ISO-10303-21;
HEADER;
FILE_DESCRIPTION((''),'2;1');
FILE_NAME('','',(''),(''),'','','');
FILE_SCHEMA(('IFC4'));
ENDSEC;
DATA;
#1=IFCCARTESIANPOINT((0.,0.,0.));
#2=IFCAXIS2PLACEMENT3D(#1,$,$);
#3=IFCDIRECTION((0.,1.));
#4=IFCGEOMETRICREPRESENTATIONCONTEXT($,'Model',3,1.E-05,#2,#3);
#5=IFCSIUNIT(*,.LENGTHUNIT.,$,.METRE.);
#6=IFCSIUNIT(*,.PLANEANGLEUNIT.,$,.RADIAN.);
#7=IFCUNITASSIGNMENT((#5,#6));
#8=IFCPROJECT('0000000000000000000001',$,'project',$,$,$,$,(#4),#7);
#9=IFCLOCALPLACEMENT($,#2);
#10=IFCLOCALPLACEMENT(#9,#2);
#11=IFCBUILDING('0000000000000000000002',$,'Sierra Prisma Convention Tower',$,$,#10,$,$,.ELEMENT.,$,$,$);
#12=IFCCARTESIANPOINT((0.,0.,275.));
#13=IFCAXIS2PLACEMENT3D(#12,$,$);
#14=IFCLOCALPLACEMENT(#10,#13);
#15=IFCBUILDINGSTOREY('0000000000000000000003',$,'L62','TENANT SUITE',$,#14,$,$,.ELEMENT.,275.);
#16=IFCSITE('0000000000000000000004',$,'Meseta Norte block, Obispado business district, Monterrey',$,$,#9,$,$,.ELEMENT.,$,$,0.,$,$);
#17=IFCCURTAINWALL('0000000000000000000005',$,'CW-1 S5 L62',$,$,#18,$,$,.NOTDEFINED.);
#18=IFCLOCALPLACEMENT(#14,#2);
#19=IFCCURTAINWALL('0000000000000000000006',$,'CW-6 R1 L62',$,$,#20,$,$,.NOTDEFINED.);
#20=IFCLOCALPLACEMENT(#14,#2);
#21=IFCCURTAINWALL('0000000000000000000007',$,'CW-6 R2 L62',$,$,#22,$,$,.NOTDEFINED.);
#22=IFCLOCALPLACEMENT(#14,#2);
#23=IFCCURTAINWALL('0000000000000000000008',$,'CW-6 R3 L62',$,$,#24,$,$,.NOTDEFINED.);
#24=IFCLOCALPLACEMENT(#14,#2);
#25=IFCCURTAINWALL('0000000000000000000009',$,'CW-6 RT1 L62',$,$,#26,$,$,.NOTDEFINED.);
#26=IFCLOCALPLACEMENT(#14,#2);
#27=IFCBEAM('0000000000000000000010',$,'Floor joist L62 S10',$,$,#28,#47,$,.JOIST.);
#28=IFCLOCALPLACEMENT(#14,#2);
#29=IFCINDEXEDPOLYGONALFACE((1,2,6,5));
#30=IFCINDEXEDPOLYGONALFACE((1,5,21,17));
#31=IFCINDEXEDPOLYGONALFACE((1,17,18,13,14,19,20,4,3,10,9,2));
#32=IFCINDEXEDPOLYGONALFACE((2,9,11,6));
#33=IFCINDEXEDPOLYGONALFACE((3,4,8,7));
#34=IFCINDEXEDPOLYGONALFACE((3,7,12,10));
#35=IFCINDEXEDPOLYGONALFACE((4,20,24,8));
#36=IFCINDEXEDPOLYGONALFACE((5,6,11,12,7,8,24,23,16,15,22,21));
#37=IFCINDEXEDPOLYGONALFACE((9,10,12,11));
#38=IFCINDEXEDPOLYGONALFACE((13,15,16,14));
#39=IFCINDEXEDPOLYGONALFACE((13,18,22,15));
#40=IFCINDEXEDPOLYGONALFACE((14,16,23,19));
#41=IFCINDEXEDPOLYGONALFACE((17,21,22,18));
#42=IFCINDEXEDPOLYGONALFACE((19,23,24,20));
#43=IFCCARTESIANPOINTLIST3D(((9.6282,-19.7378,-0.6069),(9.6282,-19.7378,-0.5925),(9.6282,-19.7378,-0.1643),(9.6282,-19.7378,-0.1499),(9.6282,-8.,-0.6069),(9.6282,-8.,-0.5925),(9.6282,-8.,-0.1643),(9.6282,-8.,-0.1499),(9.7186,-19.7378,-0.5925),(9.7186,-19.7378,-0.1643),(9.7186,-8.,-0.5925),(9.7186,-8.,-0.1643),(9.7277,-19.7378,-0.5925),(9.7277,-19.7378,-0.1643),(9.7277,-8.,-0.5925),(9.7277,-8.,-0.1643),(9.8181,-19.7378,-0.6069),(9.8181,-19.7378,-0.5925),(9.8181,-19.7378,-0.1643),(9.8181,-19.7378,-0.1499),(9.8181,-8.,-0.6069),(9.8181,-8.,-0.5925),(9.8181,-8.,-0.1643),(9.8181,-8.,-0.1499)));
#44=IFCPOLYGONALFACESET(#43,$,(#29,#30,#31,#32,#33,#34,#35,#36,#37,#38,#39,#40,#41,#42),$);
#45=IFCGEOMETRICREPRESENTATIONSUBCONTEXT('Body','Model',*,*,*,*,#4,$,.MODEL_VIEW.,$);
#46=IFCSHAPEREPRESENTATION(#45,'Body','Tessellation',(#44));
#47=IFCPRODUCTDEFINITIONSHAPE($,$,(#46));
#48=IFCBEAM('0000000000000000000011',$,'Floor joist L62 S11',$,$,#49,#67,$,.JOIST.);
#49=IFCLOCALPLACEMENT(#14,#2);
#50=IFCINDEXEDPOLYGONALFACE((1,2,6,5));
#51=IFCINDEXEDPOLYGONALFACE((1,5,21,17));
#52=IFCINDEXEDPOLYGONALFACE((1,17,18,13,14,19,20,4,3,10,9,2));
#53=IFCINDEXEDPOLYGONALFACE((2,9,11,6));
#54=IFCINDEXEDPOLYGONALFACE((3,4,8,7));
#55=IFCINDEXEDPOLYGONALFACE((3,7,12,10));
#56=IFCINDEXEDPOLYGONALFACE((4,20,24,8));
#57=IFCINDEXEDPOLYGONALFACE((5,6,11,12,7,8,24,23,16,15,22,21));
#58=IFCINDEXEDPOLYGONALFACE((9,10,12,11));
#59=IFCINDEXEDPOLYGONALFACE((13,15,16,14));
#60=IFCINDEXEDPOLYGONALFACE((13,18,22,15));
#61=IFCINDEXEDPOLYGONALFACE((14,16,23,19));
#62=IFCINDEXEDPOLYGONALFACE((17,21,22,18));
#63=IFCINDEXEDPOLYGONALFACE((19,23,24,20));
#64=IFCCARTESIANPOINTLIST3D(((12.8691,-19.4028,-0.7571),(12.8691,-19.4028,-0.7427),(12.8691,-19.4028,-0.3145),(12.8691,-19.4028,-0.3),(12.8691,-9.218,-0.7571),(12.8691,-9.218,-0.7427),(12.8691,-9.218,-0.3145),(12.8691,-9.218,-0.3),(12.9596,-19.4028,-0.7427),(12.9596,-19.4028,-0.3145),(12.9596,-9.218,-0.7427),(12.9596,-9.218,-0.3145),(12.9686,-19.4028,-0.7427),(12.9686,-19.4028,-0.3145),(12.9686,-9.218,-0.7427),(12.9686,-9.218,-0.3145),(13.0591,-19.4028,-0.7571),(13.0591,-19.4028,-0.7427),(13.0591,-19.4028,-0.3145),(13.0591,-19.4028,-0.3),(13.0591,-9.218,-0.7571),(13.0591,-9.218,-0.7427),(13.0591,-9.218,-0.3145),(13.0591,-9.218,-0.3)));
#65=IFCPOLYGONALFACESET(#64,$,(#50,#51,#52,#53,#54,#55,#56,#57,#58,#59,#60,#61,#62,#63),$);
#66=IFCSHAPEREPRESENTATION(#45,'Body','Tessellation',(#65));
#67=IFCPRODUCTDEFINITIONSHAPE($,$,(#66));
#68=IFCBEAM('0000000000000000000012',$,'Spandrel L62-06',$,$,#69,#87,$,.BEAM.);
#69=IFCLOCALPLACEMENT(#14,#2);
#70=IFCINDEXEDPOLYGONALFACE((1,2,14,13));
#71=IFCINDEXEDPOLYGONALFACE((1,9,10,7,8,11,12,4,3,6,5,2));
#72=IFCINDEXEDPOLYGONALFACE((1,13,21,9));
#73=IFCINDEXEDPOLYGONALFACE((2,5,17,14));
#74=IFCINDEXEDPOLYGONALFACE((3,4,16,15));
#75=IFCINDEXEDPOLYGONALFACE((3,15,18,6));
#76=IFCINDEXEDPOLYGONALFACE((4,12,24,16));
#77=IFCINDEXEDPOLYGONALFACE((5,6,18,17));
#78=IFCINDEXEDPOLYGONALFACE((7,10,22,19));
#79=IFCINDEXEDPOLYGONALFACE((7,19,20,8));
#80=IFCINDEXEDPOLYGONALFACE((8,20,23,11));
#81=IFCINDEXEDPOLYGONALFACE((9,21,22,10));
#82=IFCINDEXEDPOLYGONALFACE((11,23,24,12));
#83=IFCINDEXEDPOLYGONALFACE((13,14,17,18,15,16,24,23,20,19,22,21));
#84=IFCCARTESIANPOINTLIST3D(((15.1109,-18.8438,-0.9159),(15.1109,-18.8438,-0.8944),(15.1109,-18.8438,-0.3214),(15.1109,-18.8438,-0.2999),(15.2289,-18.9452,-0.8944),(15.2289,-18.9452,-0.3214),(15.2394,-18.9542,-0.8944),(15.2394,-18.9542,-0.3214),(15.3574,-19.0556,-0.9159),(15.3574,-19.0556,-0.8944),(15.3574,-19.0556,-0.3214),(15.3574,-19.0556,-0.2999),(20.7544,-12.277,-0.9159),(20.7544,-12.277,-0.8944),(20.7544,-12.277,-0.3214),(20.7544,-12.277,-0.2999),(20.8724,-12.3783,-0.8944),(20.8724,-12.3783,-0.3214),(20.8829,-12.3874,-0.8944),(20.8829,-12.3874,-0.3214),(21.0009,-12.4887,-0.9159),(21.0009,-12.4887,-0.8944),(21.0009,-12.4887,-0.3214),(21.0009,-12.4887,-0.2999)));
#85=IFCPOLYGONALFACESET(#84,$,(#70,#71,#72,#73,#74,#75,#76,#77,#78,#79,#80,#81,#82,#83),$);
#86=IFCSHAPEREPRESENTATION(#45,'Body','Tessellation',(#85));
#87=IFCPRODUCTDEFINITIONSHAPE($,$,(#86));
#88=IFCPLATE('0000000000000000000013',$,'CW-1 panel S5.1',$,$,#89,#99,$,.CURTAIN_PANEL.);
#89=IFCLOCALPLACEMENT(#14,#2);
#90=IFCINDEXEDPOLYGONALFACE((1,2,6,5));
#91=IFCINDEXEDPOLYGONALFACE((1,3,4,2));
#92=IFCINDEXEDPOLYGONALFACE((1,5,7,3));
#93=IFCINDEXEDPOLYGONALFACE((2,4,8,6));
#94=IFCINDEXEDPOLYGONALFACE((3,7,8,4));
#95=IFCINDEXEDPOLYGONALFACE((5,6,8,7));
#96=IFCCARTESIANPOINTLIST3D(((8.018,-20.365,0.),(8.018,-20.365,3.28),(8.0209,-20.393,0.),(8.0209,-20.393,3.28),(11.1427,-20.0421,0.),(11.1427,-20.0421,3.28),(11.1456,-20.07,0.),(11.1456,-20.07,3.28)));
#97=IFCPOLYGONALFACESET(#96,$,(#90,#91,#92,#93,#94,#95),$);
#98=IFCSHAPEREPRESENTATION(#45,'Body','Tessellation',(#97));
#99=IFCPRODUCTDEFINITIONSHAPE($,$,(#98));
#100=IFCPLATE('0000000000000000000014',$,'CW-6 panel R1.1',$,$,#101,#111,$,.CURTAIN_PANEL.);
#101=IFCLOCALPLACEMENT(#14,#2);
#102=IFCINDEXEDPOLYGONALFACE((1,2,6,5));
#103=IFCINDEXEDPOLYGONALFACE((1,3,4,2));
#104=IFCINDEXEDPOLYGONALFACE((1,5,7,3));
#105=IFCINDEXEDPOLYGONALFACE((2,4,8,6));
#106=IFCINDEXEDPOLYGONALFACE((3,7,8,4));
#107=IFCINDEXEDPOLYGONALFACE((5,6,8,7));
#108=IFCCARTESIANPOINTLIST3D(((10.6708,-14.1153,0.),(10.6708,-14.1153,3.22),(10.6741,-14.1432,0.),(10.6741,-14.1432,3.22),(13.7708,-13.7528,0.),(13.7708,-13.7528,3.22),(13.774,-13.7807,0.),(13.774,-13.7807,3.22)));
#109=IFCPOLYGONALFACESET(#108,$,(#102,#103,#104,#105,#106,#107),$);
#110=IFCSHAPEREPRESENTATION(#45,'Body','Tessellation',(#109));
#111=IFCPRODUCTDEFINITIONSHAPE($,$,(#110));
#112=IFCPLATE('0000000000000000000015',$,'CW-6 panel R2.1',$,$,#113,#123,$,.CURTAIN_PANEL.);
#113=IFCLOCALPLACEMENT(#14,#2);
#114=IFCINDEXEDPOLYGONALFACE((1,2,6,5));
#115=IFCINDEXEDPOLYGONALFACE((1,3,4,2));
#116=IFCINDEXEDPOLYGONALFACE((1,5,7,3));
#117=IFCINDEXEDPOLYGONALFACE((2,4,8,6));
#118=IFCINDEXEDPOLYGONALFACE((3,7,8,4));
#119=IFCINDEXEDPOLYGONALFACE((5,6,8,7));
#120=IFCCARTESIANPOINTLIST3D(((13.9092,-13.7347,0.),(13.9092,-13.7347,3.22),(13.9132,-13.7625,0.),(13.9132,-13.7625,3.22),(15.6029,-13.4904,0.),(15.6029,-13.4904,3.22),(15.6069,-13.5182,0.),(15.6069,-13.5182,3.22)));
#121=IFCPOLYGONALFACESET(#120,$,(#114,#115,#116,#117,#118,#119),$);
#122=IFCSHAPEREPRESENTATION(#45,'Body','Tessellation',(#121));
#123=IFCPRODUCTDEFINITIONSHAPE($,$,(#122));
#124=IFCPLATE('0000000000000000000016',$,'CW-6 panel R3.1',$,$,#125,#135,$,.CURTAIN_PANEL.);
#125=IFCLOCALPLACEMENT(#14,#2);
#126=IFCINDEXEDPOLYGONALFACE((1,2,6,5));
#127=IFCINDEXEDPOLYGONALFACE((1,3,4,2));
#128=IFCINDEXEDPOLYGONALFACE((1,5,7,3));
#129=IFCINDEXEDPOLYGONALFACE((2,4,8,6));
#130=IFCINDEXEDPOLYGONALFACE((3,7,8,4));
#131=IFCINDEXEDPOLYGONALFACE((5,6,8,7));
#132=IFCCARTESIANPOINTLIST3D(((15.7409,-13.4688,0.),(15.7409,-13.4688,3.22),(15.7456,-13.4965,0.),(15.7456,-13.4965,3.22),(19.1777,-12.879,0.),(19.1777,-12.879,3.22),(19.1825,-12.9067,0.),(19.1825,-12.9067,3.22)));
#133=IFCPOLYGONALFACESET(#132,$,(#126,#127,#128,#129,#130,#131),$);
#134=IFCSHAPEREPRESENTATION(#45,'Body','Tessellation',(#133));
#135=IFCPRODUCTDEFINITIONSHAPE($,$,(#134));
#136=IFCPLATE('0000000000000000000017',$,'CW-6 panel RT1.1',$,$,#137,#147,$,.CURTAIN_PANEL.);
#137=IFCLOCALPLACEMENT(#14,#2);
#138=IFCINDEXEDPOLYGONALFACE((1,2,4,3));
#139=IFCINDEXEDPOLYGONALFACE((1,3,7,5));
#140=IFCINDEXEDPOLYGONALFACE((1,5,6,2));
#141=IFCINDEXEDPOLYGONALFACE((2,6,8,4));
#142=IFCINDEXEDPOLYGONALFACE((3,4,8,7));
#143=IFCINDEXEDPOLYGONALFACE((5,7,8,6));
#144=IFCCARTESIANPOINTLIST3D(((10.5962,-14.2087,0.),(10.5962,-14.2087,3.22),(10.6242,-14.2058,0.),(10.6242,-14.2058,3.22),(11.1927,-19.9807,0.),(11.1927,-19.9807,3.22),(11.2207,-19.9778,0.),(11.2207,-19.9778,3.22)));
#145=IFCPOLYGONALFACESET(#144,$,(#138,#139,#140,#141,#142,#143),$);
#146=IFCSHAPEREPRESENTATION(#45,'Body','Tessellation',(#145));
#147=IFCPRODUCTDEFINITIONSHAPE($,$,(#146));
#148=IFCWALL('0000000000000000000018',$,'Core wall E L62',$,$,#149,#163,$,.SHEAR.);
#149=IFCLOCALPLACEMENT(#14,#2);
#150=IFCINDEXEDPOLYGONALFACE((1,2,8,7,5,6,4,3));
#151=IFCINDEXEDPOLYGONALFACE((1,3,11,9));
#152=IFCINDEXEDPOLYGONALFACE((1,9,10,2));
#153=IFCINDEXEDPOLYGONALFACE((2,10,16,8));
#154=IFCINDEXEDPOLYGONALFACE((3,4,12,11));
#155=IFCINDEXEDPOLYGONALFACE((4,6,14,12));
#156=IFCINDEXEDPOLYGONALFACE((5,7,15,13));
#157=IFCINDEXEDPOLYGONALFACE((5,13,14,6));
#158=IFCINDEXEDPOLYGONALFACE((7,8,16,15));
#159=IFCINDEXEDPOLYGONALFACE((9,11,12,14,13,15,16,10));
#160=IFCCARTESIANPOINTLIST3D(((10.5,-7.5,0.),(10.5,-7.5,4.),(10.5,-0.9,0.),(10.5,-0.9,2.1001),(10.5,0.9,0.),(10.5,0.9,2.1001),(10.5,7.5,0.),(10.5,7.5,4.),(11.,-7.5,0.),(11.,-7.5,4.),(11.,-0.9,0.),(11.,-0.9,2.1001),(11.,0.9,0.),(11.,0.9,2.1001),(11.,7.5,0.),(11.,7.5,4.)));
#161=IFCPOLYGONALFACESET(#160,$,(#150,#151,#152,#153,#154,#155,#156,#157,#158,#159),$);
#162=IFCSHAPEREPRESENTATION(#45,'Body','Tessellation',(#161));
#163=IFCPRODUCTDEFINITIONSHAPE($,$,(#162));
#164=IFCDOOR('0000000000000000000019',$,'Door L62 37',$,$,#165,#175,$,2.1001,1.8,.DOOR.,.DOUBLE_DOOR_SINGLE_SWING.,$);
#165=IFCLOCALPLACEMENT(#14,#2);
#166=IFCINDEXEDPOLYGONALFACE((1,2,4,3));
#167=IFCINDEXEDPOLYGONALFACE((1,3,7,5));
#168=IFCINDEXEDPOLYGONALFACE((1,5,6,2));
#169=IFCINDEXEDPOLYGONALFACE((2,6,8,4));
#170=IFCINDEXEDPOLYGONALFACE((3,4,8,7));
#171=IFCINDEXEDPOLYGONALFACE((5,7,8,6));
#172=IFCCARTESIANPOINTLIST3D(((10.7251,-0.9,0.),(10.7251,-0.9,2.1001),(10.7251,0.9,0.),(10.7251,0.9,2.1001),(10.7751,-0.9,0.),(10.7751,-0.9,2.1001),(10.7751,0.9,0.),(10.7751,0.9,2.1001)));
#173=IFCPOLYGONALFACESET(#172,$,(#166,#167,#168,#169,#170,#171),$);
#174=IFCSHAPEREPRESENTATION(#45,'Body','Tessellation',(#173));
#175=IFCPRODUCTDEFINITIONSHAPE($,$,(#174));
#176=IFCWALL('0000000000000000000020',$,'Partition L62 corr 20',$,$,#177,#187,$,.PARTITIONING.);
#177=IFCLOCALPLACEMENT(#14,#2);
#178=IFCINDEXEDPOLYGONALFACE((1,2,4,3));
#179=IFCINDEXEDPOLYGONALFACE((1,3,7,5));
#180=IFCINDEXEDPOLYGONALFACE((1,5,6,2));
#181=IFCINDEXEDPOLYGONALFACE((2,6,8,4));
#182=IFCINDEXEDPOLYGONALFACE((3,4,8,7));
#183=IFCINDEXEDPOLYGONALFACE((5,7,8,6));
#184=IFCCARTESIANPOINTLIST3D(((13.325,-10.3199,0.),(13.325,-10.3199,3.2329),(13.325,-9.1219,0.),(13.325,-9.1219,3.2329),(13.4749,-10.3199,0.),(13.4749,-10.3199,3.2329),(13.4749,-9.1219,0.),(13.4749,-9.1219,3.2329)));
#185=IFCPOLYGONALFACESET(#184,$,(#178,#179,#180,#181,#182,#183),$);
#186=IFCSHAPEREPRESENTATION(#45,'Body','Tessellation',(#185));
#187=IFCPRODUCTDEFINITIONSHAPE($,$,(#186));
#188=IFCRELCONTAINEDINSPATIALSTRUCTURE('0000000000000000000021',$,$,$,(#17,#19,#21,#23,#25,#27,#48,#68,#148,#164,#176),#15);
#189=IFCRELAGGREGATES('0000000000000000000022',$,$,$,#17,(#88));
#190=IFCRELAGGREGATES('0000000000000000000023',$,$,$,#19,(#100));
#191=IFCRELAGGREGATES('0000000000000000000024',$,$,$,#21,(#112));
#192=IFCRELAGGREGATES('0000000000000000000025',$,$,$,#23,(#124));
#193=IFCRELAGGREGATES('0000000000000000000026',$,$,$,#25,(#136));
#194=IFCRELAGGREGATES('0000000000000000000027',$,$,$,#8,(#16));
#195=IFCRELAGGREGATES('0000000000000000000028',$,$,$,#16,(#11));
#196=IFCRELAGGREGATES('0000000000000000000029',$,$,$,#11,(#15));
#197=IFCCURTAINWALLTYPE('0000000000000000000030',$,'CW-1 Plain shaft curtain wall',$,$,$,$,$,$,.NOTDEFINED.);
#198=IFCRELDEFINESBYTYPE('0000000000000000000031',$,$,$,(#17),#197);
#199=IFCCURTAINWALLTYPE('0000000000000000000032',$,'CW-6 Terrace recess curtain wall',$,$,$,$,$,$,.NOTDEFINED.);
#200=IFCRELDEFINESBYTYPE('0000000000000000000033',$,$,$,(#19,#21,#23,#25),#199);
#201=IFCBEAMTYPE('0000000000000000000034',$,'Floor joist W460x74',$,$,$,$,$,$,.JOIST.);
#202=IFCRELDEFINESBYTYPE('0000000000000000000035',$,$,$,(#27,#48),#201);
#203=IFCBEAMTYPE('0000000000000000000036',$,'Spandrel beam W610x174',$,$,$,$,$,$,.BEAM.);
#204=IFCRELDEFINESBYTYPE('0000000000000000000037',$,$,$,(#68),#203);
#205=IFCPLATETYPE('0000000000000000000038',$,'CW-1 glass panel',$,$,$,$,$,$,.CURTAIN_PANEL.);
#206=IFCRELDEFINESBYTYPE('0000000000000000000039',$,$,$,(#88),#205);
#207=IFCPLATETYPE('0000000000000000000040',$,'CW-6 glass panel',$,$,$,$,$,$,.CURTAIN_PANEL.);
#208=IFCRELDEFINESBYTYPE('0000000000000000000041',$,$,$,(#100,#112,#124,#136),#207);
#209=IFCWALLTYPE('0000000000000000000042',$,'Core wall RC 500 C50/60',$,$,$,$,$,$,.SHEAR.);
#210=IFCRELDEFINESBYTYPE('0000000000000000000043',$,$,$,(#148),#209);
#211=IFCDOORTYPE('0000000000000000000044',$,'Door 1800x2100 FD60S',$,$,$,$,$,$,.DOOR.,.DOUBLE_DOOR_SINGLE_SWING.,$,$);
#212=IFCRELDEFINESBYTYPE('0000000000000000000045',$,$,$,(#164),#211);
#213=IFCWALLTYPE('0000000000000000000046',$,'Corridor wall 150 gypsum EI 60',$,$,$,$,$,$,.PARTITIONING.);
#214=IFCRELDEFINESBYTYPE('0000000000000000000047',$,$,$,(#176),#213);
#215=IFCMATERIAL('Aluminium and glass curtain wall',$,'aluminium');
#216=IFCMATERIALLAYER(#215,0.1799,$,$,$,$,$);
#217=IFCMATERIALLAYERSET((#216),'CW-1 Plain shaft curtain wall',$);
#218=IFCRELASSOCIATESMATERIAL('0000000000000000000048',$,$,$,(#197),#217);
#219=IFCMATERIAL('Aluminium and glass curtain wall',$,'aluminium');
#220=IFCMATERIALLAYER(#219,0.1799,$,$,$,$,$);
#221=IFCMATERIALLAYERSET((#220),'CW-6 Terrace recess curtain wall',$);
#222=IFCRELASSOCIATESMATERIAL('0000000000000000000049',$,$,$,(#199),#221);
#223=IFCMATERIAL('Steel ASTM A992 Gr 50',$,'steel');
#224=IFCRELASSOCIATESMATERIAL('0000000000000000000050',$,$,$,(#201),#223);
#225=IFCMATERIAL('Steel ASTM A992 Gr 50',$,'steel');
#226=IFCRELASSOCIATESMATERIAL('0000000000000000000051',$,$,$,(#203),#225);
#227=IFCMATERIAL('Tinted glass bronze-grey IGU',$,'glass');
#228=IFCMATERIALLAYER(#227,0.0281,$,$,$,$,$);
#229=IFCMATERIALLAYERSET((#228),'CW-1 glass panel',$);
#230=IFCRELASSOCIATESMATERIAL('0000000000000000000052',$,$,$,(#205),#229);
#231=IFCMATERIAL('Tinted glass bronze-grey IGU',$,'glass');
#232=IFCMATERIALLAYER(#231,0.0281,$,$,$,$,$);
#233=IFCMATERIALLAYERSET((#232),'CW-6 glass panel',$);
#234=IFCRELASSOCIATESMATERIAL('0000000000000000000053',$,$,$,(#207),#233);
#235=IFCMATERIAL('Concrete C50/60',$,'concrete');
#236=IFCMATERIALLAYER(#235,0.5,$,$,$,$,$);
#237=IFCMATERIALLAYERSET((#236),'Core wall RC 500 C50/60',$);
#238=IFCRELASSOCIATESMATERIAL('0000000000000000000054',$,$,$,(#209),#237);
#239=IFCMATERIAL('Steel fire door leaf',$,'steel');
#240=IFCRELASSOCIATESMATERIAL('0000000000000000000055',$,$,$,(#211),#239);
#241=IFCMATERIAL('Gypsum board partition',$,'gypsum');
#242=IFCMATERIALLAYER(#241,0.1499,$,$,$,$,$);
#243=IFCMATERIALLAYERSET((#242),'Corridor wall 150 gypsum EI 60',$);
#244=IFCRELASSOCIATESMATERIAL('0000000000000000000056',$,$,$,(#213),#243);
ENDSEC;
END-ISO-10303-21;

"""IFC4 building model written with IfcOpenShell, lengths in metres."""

from ifc_helpers import new_model, si_unit, direction, frame, frame_2d, origin, origin_2d, place, context, subcontext, project, spatial, rectangle, i_section, extrude, material, layer, layer_set, material_profile, profile_set, type_object, element, fill, aggregate, save


model = new_model("IFC4")

# Units and contexts
model_context = context("Model", 3, precision=1e-05, world=origin(), true_north=direction((0.0, 1.0)))
body_context = subcontext(model_context, "Body", "Model", "MODEL_VIEW")
ifc_project = project(units=[si_unit("LENGTHUNIT", "METRE"), si_unit("PLANEANGLEUNIT", "RADIAN")], contexts=[model_context])

# Site, building, storey
site_placement = place(None, origin())
site = spatial("IfcSite", under=ifc_project, at=site_placement, Name="Meseta Norte block, Obispado business district, Monterrey", CompositionType="ELEMENT", RefElevation=0.0)
building_placement = place(site_placement, origin())
building = spatial("IfcBuilding", under=site, at=building_placement, Name="Sierra Prisma Convention Tower", CompositionType="ELEMENT")
storey_placement = place(building_placement, frame((0.0, 0.0, 275.0)))
storey = spatial("IfcBuildingStorey", under=building, at=storey_placement, Name="L62", Description="TENANT SUITE", CompositionType="ELEMENT", Elevation=275.0)

# Curtain walls
ifc_material_1 = material(Name="Aluminium and glass curtain wall", Category="aluminium")
ifc_layer_1 = layer(ifc_material_1, 0.1799)
ifc_layer_set_1 = layer_set([ifc_layer_1], Name="CW-1 Plain shaft curtain wall")
curtain_wall_type_1 = type_object("IfcCurtainWallType", Name="CW-1 Plain shaft curtain wall", PredefinedType="NOTDEFINED", material=ifc_layer_set_1)
curtain_wall_1_placement = place(storey_placement, origin())
curtain_wall_1 = element("IfcCurtainWall", 1, at=curtain_wall_1_placement, inside=storey, type_object=curtain_wall_type_1, Name="CW-1 S5 L62", PredefinedType="NOTDEFINED")
ifc_material_2 = material(Name="Aluminium and glass curtain wall", Category="aluminium")
ifc_layer_2 = layer(ifc_material_2, 0.1799)
ifc_layer_set_2 = layer_set([ifc_layer_2], Name="CW-6 Terrace recess curtain wall")
curtain_wall_type_2 = type_object("IfcCurtainWallType", Name="CW-6 Terrace recess curtain wall", PredefinedType="NOTDEFINED", material=ifc_layer_set_2)
curtain_wall_2_placement = place(storey_placement, origin())
curtain_wall_2 = element("IfcCurtainWall", 2, at=curtain_wall_2_placement, inside=storey, type_object=curtain_wall_type_2, Name="CW-6 R1 L62", PredefinedType="NOTDEFINED")
curtain_wall_3_placement = place(storey_placement, origin())
curtain_wall_3 = element("IfcCurtainWall", 3, at=curtain_wall_3_placement, inside=storey, type_object=curtain_wall_type_2, Name="CW-6 R2 L62", PredefinedType="NOTDEFINED")
curtain_wall_4_placement = place(storey_placement, origin())
curtain_wall_4 = element("IfcCurtainWall", 4, at=curtain_wall_4_placement, inside=storey, type_object=curtain_wall_type_2, Name="CW-6 R3 L62", PredefinedType="NOTDEFINED")

# Curtain wall
curtain_wall_5_placement = place(storey_placement, origin())
curtain_wall_5 = element("IfcCurtainWall", 5, at=curtain_wall_5_placement, inside=storey, type_object=curtain_wall_type_2, Name="CW-6 RT1 L62", PredefinedType="NOTDEFINED")

# Beams
ifc_material_3 = material(Name="Steel ASTM A992 Gr 50", Category="steel")
ifc_material_profile_1 = material_profile(ifc_material_3, i_section(OverallWidth=0.1899, OverallDepth=0.457, WebThickness=0.009, FlangeThickness=0.0144, at=origin_2d()), Name="W460x74")
ifc_profile_set_1 = profile_set([ifc_material_profile_1], Name="Steel ASTM A992 Gr 50")
beam_type_1 = type_object("IfcBeamType", Name="Floor joist W460x74", PredefinedType="JOIST", material=ifc_profile_set_1)
beam_1_placement = place(storey_placement, frame((9.7231, -19.7378, -0.3784), z_axis=(0.0, 1.0, 0.0), x_axis=(-1.0, 0.0, 0.0)))
element("IfcBeam", 6, at=beam_1_placement, inside=storey, type_object=beam_type_1, Name="Floor joist L62 S10", PredefinedType="JOIST", context=body_context, shape_type="SweptSolid", body=[
    extrude(i_section(OverallWidth=0.1899, OverallDepth=0.457, WebThickness=0.009, FlangeThickness=0.0144, at=origin_2d()), origin(), (0.0, 0.0, 1.0), 11.7378),
])
beam_2_placement = place(storey_placement, frame((12.9641, -19.4028, -0.5286), z_axis=(0.0, 1.0, 0.0), x_axis=(-1.0, 0.0, 0.0)))
element("IfcBeam", 7, at=beam_2_placement, inside=storey, type_object=beam_type_1, Name="Floor joist L62 S11", PredefinedType="JOIST", context=body_context, shape_type="SweptSolid", body=[
    extrude(i_section(OverallWidth=0.1899, OverallDepth=0.457, WebThickness=0.009, FlangeThickness=0.0144, at=origin_2d()), origin(), (0.0, 0.0, 1.0), 10.1848),
])
ifc_material_4 = material(Name="Steel ASTM A992 Gr 50", Category="steel")
ifc_material_profile_2 = material_profile(ifc_material_4, i_section(OverallWidth=0.325, OverallDepth=0.616, WebThickness=0.0139, FlangeThickness=0.0215, at=origin_2d()), Name="W610x174")
ifc_profile_set_2 = profile_set([ifc_material_profile_2], Name="Steel ASTM A992 Gr 50")
beam_type_2 = type_object("IfcBeamType", Name="Spandrel beam W610x174", PredefinedType="BEAM", material=ifc_profile_set_2)
beam_3_placement = place(storey_placement, frame((15.2341, -18.9497, -0.6079), z_axis=(0.651775, 0.758412, 0.0), x_axis=(-0.758412, 0.651775, 0.0)))
element("IfcBeam", 8, at=beam_3_placement, inside=storey, type_object=beam_type_2, Name="Spandrel L62-06", PredefinedType="BEAM", context=body_context, shape_type="SweptSolid", body=[
    extrude(i_section(OverallWidth=0.325, OverallDepth=0.616, WebThickness=0.0139, FlangeThickness=0.0215, at=origin_2d()), origin(), (0.0, 0.0, 1.0), 8.6587),
])

# Plates
ifc_material_5 = material(Name="Tinted glass bronze-grey IGU", Category="glass")
ifc_layer_3 = layer(ifc_material_5, 0.0281)
ifc_layer_set_3 = layer_set([ifc_layer_3], Name="CW-1 glass panel")
plate_type_1 = type_object("IfcPlateType", Name="CW-1 glass panel", PredefinedType="CURTAIN_PANEL", material=ifc_layer_set_3)
plate_1_placement = place(storey_placement, frame((9.5818, -20.2175, 0.0), z_axis=(0.0, 0.0, 1.0), x_axis=(0.994702, 0.102799, 0.0)))
plate_1 = element("IfcPlate", 9, at=plate_1_placement, type_object=plate_type_1, Name="CW-1 panel S5.1", PredefinedType="CURTAIN_PANEL", context=body_context, shape_type="SweptSolid", body=[
    extrude(rectangle(XDim=3.1414, YDim=0.0281, at=origin_2d()), origin(), (0.0, 0.0, 1.0), 3.28),
])
aggregate(curtain_wall_1, [plate_1])
ifc_material_6 = material(Name="Tinted glass bronze-grey IGU", Category="glass")
ifc_layer_4 = layer(ifc_material_6, 0.0281)
ifc_layer_set_4 = layer_set([ifc_layer_4], Name="CW-6 glass panel")
plate_type_2 = type_object("IfcPlateType", Name="CW-6 glass panel", PredefinedType="CURTAIN_PANEL", material=ifc_layer_set_4)
plate_2_placement = place(storey_placement, frame((12.2224, -13.948, 0.0), z_axis=(0.0, 0.0, 1.0), x_axis=(0.993232, 0.11615, 0.0)))
plate_2 = element("IfcPlate", 10, at=plate_2_placement, type_object=plate_type_2, Name="CW-6 panel R1.1", PredefinedType="CURTAIN_PANEL", context=body_context, shape_type="SweptSolid", body=[
    extrude(rectangle(XDim=3.1211, YDim=0.0281, at=origin_2d()), origin(), (0.0, 0.0, 1.0), 3.22),
])
aggregate(curtain_wall_2, [plate_2])
plate_3_placement = place(storey_placement, frame((14.7581, -13.6265, 0.0), z_axis=(0.0, 0.0, 1.0), x_axis=(0.989753, 0.142788, 0.0)))
plate_3 = element("IfcPlate", 11, at=plate_3_placement, type_object=plate_type_2, Name="CW-6 panel R2.1", PredefinedType="CURTAIN_PANEL", context=body_context, shape_type="SweptSolid", body=[
    extrude(rectangle(XDim=1.7112, YDim=0.0281, at=origin_2d()), origin(), (0.0, 0.0, 1.0), 3.22),
])
aggregate(curtain_wall_3, [plate_3])
plate_4_placement = place(storey_placement, frame((17.4617, -13.1877, 0.0), z_axis=(0.0, 0.0, 1.0), x_axis=(0.985592, 0.16914, 0.0)))
plate_4 = element("IfcPlate", 12, at=plate_4_placement, type_object=plate_type_2, Name="CW-6 panel R3.1", PredefinedType="CURTAIN_PANEL", context=body_context, shape_type="SweptSolid", body=[
    extrude(rectangle(XDim=3.4871, YDim=0.0281, at=origin_2d()), origin(), (0.0, 0.0, 1.0), 3.22),
])
aggregate(curtain_wall_4, [plate_4])
plate_5_placement = place(storey_placement, frame((10.9084, -17.0933, 0.0), z_axis=(0.0, 0.0, 1.0), x_axis=(-0.102799, 0.994702, 0.0)))
plate_5 = element("IfcPlate", 13, at=plate_5_placement, type_object=plate_type_2, Name="CW-6 panel RT1.1", PredefinedType="CURTAIN_PANEL", context=body_context, shape_type="SweptSolid", body=[
    extrude(rectangle(XDim=5.8027, YDim=0.0281, at=origin_2d()), origin(), (0.0, 0.0, 1.0), 3.22),
])
aggregate(curtain_wall_5, [plate_5])

# Wall, opening, door
ifc_material_7 = material(Name="Concrete C50/60", Category="concrete")
ifc_layer_5 = layer(ifc_material_7, 0.5)
ifc_layer_set_5 = layer_set([ifc_layer_5], Name="Core wall RC 500 C50/60")
wall_type_1 = type_object("IfcWallType", Name="Core wall RC 500 C50/60", PredefinedType="SHEAR", material=ifc_layer_set_5)
wall_1_placement = place(storey_placement, frame((10.75, -7.5, 0.0), z_axis=(0.0, 0.0, 1.0), x_axis=(0.0, 1.0, 0.0)))
wall_1 = element("IfcWall", 14, at=wall_1_placement, inside=storey, type_object=wall_type_1, Name="Core wall E L62", PredefinedType="SHEAR", context=body_context, shape_type="SweptSolid", body=[
    extrude(rectangle(XDim=15.0, YDim=0.5, at=frame_2d((7.5, 0.0))), origin(), (0.0, 0.0, 1.0), 4.0),
])
opening_1_placement = place(wall_1_placement, frame((6.6001, 0.0, 0.0)))
opening_1 = element("IfcOpeningElement", 15, at=opening_1_placement, cuts=wall_1, PredefinedType="OPENING", context=body_context, shape_type="SweptSolid", body=[
    extrude(rectangle(XDim=1.8, YDim=2.1001, at=frame_2d((0.8999, 1.05))), frame((0.0, 0.25, 0.0), z_axis=(0.0, -1.0, 0.0), x_axis=(1.0, 0.0, 0.0)), (0.0, 0.0, 1.0), 0.5),
])
ifc_material_8 = material(Name="Steel fire door leaf", Category="steel")
door_type_1 = type_object("IfcDoorType", Name="Door 1800x2100 FD60S", OperationType="DOUBLE_DOOR_SINGLE_SWING", PredefinedType="DOOR", material=ifc_material_8)
door_1_placement = place(opening_1_placement, origin())
door_1 = element("IfcDoor", 16, at=door_1_placement, inside=storey, type_object=door_type_1, Name="Door L62 37", OperationType="DOUBLE_DOOR_SINGLE_SWING", OverallHeight=2.1001, OverallWidth=1.8, PredefinedType="DOOR", context=body_context, shape_type="SweptSolid", body=[
    extrude(rectangle(XDim=1.8, YDim=2.1001, at=frame_2d((0.8999, 1.05))), frame((0.0, 0.0249, 0.0), z_axis=(0.0, -1.0, 0.0), x_axis=(1.0, 0.0, 0.0)), (0.0, 0.0, 1.0), 0.05),
])
fill(opening_1, door_1)

# Wall
ifc_material_9 = material(Name="Gypsum board partition", Category="gypsum")
ifc_layer_6 = layer(ifc_material_9, 0.1499)
ifc_layer_set_6 = layer_set([ifc_layer_6], Name="Corridor wall 150 gypsum EI 60")
wall_type_2 = type_object("IfcWallType", Name="Corridor wall 150 gypsum EI 60", PredefinedType="PARTITIONING", material=ifc_layer_set_6)
wall_2_placement = place(storey_placement, frame((13.3999, -10.3201, 0.0), z_axis=(0.0, 0.0, 1.0), x_axis=(0.0, 1.0, 0.0)))
element("IfcWall", 17, at=wall_2_placement, inside=storey, type_object=wall_type_2, Name="Partition L62 corr 20", PredefinedType="PARTITIONING", context=body_context, shape_type="SweptSolid", body=[
    extrude(rectangle(XDim=1.198, YDim=0.1499, at=frame_2d((0.5991, 0.0))), origin(), (0.0, 0.0, 1.0), 3.2329),
])

save(model, "model.ifc")
